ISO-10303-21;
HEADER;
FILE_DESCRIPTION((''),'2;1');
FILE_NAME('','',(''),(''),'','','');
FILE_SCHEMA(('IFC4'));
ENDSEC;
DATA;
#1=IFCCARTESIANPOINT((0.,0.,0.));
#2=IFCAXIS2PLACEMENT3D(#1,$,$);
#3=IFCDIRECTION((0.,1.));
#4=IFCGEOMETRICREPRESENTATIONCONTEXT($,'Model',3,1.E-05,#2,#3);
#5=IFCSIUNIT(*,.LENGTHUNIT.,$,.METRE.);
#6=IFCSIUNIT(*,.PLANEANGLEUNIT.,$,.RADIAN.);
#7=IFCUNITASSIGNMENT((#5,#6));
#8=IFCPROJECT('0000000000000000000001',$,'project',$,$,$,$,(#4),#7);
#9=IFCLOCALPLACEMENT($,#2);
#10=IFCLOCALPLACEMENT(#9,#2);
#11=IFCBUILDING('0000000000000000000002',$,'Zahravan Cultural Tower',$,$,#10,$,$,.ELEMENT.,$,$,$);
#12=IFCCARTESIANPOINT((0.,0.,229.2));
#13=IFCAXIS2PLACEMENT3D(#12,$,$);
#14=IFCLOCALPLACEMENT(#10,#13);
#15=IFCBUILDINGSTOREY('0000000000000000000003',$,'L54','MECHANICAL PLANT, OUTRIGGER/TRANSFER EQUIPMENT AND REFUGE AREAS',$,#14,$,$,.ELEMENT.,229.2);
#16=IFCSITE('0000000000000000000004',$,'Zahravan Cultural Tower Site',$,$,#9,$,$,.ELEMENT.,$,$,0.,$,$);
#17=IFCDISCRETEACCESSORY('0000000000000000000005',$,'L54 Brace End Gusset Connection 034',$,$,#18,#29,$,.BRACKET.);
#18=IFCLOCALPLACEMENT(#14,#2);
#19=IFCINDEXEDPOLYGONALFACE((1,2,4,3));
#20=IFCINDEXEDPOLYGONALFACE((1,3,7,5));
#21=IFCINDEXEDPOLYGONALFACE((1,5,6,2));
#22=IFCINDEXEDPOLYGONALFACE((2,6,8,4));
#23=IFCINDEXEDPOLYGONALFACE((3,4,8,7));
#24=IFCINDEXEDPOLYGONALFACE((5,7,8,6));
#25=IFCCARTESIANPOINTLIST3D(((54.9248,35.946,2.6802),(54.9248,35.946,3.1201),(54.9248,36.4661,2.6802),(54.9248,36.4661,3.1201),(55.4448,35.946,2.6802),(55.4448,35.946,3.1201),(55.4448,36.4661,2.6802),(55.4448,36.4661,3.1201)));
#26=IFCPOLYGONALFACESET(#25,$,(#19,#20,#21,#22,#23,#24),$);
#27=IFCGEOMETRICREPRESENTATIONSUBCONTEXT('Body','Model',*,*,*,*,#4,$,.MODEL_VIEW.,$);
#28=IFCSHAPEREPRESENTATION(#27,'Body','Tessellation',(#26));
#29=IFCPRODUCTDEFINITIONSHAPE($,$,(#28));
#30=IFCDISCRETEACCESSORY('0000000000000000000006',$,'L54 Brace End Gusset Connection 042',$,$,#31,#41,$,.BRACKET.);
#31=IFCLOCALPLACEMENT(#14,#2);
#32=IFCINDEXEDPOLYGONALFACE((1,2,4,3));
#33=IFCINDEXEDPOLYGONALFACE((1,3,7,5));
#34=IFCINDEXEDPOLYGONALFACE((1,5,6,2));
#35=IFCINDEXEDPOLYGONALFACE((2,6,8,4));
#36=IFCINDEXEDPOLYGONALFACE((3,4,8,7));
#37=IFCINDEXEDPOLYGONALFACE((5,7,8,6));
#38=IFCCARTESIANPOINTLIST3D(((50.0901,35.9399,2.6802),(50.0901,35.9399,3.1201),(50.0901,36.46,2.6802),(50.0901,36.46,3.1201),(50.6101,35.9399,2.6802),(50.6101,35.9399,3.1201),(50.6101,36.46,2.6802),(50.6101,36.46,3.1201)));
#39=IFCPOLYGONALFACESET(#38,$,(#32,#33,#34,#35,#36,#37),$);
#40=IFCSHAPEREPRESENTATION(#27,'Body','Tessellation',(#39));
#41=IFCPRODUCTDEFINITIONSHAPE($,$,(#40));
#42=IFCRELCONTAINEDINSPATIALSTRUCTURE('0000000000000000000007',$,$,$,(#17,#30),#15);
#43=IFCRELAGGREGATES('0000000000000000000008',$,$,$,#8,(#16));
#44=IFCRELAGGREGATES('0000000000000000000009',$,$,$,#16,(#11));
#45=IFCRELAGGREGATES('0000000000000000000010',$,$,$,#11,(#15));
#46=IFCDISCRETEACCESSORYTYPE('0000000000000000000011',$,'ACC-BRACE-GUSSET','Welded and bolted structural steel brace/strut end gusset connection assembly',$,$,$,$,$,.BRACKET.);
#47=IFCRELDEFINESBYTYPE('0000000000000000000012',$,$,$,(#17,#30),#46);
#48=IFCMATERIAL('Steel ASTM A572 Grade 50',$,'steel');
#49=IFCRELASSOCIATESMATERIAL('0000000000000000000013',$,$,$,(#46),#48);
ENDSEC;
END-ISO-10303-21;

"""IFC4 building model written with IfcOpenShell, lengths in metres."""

from ifc_helpers import new_model, si_unit, direction, frame, origin, origin_2d, place, context, subcontext, project, spatial, rectangle, extrude, source, transform, mapped, material, type_object, element, save


model = new_model("IFC4")

# Units and contexts
model_context = context("Model", 3, precision=1e-05, world=origin(), true_north=direction((0.0, 1.0)))
body_context = subcontext(model_context, "Body", "Model", "MODEL_VIEW")
ifc_project = project(units=[si_unit("LENGTHUNIT", "METRE"), si_unit("PLANEANGLEUNIT", "RADIAN")], contexts=[model_context])

# Site, building, storey
site_placement = place(None, origin())
site = spatial("IfcSite", under=ifc_project, at=site_placement, Name="Zahravan Cultural Tower Site", CompositionType="ELEMENT", RefElevation=0.0)
building_placement = place(site_placement, origin())
building = spatial("IfcBuilding", under=site, at=building_placement, Name="Zahravan Cultural Tower", CompositionType="ELEMENT")
storey_placement = place(building_placement, frame((0.0, 0.0, 229.2)))
storey = spatial("IfcBuildingStorey", under=building, at=storey_placement, Name="L54", Description="MECHANICAL PLANT, OUTRIGGER/TRANSFER EQUIPMENT AND REFUGE AREAS", CompositionType="ELEMENT", Elevation=229.2)

# Shared definitions
ifc_material_1 = material(Name="Steel ASTM A572 Grade 50", Category="steel")

# Discrete accessories
discrete_accessory_type = type_object("IfcDiscreteAccessoryType", Name="ACC-BRACE-GUSSET", Description="Welded and bolted structural steel brace/strut end gusset connection assembly", PredefinedType="BRACKET", material=ifc_material_1)
shared_shape_1 = source(origin(), body_context, "Body", "SweptSolid", [
    extrude(rectangle(XDim=0.52, YDim=0.52, at=origin_2d()), origin(), (0.0, 0.0, 1.0), 0.4399),
])
for number, where, z_axis, x_axis, name in (
    (1, (55.1848, 36.2061, 2.6802), (0.0, 0.0, 1.0), (1.0, 0.0, 0.0), "L54 Brace End Gusset Connection 034"),
    (2, (50.3501, 36.2, 2.6802), (0.0, 0.0, 1.0), (1.0, 0.0, 0.0), "L54 Brace End Gusset Connection 042"),
):
    element("IfcDiscreteAccessory", number, at=place(storey_placement, frame(where, z_axis=z_axis, x_axis=x_axis)), inside=storey, type_object=discrete_accessory_type, Name=name, PredefinedType="BRACKET", context=body_context, shape_type="MappedRepresentation", body=[
        mapped(shared_shape_1, transform((0.0, 0.0, 0.0), x_axis=(1.0, 0.0, 0.0), y_axis=(0.0, 1.0, 0.0), z_axis=(0.0, 0.0, 1.0), scale=1.0)),
    ])

save(model, "model.ifc")
